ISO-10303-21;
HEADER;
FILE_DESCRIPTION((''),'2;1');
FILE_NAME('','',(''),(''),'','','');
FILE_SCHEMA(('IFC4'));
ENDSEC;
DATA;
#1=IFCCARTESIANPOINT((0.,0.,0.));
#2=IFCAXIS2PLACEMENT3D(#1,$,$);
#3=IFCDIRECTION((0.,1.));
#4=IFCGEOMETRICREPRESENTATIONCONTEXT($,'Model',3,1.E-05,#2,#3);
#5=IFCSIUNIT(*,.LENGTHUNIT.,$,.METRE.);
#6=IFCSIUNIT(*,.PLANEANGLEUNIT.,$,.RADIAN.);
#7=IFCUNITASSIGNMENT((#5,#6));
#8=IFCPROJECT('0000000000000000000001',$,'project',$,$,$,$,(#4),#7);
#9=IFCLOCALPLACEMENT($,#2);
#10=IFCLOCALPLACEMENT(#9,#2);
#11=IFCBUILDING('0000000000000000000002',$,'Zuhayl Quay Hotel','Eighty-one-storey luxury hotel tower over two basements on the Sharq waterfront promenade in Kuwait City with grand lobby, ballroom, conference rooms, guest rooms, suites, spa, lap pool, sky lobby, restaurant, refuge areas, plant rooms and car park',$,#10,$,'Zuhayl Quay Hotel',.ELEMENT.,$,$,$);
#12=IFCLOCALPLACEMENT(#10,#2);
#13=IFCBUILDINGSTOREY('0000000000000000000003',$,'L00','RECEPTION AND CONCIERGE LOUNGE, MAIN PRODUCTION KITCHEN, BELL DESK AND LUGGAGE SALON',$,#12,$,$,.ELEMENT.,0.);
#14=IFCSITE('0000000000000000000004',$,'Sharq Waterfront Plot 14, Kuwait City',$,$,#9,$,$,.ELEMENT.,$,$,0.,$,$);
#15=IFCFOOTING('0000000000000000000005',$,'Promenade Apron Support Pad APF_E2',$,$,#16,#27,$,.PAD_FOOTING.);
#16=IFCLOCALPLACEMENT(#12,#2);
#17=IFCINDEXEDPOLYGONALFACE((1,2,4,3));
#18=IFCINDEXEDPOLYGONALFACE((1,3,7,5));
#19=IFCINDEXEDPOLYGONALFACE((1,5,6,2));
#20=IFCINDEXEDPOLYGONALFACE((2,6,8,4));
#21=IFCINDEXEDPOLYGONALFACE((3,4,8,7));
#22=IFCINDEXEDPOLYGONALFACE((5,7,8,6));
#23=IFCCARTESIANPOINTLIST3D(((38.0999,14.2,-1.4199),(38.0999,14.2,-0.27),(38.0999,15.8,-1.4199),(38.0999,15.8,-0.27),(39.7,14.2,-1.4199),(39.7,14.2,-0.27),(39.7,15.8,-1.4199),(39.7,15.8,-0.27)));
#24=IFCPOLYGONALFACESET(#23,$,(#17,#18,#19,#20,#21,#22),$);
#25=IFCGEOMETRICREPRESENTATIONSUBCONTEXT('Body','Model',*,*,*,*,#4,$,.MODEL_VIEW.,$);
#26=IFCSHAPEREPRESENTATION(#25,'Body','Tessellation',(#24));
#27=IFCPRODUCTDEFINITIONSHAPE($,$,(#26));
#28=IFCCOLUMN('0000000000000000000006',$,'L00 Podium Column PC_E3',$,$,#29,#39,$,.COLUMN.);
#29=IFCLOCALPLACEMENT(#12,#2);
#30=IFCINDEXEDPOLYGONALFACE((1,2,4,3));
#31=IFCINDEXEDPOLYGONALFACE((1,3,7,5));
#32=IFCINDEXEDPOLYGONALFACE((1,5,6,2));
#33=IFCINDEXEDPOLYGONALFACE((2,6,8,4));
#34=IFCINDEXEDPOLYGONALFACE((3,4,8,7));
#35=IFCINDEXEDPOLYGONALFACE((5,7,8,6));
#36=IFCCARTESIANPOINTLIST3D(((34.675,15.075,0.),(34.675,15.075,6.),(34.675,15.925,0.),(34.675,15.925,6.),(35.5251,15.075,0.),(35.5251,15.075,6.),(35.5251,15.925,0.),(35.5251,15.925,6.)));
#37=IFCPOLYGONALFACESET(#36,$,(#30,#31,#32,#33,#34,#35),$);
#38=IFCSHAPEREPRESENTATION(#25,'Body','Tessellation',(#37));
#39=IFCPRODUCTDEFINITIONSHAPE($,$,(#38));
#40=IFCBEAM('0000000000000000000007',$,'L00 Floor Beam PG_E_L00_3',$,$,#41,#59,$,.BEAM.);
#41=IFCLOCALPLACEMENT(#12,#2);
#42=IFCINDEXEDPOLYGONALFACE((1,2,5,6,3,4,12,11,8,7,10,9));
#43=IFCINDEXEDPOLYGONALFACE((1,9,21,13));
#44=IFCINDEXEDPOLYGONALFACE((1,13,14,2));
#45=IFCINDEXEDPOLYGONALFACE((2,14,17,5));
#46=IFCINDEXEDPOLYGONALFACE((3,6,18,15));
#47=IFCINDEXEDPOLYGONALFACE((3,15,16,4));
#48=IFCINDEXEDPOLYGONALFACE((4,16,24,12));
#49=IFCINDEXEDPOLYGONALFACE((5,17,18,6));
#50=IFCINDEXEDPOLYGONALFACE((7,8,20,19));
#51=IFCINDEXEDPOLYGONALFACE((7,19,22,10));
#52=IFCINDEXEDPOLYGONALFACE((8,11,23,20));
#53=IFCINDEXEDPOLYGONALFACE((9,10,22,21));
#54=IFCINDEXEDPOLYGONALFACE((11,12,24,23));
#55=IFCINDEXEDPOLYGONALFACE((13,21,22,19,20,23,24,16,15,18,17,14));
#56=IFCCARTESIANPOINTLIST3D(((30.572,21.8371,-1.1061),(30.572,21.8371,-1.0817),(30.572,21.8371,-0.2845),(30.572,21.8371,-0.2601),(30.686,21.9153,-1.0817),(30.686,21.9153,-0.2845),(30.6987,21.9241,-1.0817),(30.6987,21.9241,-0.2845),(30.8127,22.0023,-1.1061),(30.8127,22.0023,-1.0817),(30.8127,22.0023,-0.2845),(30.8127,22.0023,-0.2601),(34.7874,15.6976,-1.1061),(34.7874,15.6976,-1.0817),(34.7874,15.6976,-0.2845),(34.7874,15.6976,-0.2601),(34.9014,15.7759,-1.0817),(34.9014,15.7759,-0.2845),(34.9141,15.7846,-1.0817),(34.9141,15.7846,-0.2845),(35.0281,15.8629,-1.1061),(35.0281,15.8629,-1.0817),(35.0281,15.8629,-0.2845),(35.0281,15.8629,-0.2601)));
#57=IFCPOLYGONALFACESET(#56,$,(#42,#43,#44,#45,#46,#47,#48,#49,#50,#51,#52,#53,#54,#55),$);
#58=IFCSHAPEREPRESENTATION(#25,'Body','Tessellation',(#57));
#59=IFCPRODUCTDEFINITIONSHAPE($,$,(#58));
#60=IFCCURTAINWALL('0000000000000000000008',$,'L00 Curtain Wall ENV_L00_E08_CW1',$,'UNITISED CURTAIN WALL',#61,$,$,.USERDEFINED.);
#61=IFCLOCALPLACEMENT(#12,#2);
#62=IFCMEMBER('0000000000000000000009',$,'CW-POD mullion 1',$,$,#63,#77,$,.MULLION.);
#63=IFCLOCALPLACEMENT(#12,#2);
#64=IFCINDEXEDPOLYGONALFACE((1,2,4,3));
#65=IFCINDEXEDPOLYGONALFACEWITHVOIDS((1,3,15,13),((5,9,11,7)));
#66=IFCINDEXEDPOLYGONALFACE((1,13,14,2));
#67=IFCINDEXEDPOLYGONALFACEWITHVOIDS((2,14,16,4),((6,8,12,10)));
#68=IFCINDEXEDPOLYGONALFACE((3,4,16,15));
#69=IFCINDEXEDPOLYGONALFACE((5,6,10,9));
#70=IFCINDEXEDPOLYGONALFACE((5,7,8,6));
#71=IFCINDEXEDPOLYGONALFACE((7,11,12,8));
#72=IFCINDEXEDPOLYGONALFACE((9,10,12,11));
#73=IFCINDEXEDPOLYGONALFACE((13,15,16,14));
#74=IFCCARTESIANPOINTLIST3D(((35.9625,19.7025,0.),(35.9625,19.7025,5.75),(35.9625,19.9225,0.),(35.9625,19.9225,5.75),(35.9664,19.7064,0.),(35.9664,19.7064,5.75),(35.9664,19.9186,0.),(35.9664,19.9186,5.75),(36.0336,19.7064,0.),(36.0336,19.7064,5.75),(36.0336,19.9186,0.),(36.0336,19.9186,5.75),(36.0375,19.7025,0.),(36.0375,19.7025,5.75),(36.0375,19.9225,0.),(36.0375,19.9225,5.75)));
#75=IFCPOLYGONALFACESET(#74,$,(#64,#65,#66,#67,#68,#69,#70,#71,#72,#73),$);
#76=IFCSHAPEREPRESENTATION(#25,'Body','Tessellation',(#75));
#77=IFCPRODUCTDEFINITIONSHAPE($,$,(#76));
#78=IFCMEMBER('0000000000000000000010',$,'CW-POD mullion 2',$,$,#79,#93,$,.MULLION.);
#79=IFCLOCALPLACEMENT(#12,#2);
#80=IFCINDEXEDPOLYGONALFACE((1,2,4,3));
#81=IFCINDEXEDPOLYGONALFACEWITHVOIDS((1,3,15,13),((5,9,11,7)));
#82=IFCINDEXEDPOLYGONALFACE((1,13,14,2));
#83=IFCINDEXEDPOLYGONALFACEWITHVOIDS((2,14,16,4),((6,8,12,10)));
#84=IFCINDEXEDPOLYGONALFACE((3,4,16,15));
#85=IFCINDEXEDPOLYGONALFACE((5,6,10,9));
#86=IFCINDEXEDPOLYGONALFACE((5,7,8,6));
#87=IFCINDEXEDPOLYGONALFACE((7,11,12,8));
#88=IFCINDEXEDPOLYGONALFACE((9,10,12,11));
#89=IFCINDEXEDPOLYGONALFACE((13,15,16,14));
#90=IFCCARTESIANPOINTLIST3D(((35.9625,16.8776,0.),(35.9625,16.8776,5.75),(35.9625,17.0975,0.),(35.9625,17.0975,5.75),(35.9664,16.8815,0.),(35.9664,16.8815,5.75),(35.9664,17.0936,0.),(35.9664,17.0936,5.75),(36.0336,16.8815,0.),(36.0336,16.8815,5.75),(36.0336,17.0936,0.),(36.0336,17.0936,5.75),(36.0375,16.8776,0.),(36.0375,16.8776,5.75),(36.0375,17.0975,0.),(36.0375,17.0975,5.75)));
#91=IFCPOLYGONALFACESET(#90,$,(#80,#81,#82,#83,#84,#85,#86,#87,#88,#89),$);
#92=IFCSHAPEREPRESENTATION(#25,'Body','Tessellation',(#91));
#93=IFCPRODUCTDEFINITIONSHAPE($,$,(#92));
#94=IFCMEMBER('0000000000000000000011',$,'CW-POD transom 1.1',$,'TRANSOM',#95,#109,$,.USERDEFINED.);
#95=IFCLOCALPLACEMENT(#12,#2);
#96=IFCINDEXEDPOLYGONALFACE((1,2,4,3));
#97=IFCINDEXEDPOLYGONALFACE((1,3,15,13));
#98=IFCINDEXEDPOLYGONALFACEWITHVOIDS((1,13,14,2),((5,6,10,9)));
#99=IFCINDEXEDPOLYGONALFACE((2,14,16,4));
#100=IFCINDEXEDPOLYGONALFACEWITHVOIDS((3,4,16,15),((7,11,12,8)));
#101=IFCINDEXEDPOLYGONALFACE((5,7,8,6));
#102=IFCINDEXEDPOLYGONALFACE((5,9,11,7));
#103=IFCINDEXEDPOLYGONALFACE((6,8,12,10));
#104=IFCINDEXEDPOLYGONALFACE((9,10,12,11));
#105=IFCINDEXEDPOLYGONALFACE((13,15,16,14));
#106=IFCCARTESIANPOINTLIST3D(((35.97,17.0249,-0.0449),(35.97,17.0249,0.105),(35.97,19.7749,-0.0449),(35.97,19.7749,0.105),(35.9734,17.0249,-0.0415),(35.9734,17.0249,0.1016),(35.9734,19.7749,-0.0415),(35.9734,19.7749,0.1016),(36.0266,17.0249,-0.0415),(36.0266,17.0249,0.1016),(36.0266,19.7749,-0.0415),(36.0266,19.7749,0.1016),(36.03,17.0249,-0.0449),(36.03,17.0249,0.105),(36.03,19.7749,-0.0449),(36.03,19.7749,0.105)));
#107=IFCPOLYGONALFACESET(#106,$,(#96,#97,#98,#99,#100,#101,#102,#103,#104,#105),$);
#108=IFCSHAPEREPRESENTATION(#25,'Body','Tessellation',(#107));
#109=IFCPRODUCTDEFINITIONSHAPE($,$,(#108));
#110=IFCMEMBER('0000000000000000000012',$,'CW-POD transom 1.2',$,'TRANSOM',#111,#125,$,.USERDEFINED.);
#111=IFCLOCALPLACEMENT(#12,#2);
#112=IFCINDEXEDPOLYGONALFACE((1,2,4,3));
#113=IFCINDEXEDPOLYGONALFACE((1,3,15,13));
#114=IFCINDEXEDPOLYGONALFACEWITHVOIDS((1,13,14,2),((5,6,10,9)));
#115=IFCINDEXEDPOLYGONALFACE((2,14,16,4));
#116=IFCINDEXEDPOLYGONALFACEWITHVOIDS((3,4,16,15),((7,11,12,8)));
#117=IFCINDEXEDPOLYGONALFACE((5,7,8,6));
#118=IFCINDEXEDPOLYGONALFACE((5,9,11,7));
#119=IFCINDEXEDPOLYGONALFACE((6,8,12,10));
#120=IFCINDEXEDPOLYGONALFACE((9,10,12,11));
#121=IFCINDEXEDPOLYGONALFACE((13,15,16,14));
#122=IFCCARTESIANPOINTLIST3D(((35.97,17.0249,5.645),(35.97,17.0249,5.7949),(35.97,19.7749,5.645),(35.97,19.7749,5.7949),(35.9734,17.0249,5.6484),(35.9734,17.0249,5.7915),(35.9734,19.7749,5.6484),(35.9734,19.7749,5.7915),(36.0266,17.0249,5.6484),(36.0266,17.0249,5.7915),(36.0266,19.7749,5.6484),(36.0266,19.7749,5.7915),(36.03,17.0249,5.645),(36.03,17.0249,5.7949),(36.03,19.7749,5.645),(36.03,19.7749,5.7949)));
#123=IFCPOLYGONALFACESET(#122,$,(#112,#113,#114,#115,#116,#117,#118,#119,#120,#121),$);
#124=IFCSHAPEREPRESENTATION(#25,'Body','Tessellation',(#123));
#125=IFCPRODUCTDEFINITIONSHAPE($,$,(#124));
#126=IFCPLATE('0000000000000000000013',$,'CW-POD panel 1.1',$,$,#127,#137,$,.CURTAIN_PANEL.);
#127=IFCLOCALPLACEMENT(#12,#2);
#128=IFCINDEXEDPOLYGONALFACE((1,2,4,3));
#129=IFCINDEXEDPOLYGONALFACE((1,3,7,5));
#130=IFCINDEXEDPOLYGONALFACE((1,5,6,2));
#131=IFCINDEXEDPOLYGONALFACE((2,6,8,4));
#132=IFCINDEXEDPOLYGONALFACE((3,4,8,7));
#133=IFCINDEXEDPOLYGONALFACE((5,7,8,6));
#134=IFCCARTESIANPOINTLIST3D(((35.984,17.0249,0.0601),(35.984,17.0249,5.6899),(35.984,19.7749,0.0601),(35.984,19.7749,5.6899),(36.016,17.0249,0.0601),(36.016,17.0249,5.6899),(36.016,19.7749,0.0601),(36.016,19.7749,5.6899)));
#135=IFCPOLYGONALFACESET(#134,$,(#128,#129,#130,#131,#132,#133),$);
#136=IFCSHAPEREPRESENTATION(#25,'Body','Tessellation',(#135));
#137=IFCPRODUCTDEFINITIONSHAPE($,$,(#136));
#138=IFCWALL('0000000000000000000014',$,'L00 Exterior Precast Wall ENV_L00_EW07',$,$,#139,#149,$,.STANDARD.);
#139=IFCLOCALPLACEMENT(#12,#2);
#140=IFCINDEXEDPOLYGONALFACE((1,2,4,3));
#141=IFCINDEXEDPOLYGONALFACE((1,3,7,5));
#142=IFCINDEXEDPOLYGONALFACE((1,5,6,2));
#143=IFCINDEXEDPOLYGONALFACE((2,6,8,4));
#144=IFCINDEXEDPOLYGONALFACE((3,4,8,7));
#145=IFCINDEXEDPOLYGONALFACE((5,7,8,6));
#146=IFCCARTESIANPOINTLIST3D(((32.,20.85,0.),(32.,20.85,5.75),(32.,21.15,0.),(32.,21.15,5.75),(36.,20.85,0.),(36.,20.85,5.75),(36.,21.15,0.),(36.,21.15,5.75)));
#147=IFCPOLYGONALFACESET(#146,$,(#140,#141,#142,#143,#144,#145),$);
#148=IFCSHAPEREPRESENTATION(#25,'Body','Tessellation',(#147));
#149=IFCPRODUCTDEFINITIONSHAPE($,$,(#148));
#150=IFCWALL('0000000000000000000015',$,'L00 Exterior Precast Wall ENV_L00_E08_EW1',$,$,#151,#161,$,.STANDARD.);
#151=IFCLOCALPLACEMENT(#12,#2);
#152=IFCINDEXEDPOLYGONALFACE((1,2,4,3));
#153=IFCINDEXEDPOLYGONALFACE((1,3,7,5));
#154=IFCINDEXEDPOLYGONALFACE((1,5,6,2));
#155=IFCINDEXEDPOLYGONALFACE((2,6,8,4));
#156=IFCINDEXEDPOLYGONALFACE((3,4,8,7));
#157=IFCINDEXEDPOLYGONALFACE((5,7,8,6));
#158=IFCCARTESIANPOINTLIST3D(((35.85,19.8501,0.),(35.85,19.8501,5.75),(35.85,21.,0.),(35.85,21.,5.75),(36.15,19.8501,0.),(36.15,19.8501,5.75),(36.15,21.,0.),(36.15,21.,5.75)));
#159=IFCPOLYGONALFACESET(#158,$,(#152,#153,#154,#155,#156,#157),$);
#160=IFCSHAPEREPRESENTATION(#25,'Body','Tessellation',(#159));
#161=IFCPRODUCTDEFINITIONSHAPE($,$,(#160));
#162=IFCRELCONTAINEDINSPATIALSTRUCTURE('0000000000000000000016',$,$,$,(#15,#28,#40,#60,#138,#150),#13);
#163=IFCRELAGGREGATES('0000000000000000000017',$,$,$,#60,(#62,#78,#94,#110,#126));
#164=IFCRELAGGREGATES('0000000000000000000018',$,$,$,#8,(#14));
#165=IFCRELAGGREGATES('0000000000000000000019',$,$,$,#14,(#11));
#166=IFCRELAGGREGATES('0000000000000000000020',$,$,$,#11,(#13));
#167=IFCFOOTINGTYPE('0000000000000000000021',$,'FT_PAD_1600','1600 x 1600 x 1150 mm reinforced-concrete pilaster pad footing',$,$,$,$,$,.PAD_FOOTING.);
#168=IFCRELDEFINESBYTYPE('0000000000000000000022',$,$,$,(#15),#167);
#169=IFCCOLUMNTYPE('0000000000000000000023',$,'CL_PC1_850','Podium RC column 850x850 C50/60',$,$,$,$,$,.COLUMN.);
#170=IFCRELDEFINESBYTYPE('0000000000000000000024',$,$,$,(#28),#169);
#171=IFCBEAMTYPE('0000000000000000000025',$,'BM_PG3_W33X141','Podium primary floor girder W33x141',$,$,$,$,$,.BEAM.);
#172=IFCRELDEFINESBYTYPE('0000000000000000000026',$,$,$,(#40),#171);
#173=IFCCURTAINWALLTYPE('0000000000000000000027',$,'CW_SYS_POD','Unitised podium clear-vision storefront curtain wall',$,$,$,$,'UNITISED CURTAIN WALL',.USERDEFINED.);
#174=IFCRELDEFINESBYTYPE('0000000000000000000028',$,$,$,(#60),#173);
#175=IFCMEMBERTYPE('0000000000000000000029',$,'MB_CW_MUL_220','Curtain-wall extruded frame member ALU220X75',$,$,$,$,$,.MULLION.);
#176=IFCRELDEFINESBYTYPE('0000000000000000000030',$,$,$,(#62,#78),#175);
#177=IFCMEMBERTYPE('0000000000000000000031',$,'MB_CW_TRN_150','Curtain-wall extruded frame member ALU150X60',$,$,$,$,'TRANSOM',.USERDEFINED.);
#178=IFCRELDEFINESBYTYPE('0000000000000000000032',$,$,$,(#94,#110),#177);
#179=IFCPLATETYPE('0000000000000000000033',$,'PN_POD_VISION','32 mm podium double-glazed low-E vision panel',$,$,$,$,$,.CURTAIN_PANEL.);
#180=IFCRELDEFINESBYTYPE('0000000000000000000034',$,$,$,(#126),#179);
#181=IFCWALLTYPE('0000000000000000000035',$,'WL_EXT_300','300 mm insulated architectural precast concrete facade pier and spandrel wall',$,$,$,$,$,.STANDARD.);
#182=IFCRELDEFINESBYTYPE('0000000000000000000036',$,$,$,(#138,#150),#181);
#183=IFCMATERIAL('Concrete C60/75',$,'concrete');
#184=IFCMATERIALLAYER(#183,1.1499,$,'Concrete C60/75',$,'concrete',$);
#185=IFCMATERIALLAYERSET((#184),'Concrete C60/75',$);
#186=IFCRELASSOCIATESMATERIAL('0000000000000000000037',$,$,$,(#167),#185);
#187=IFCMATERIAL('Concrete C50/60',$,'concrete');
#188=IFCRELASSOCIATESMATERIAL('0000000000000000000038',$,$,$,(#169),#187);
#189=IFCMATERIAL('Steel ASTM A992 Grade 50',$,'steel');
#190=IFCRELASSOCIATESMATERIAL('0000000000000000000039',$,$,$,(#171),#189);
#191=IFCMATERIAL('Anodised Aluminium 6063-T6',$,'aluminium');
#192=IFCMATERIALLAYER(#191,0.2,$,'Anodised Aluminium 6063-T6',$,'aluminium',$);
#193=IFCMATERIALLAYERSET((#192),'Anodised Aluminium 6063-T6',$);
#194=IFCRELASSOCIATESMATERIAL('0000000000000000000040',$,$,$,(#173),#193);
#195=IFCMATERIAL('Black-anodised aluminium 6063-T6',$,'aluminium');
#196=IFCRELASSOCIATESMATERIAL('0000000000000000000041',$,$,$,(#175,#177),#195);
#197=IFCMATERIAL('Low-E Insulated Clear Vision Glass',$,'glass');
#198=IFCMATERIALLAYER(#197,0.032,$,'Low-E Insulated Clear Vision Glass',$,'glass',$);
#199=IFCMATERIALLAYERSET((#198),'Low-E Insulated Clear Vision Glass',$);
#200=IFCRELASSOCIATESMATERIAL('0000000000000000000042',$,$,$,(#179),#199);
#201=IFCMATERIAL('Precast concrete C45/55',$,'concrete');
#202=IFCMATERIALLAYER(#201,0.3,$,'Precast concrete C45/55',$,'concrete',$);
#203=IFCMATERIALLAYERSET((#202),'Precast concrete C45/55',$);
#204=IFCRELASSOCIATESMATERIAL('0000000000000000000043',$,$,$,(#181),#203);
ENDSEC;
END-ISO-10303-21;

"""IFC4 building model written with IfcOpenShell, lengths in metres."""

from ifc_helpers import new_model, si_unit, direction, frame, frame_2d, origin, origin_2d, place, context, subcontext, project, spatial, rectangle, hollow_rectangle, i_section, extrude, material, layer, layer_set, material_profile, profile_set, type_object, element, aggregate, save


model = new_model("IFC4")

# Units and contexts
model_context = context("Model", 3, precision=1e-05, world=origin(), true_north=direction((0.0, 1.0)))
body_context = subcontext(model_context, "Body", "Model", "MODEL_VIEW")
ifc_project = project(units=[si_unit("LENGTHUNIT", "METRE"), si_unit("PLANEANGLEUNIT", "RADIAN")], contexts=[model_context])

# Site, building, storey
site_placement = place(None, origin())
site = spatial("IfcSite", under=ifc_project, at=site_placement, Name="Sharq Waterfront Plot 14, Kuwait City", CompositionType="ELEMENT", RefElevation=0.0)
building_placement = place(site_placement, origin())
building = spatial("IfcBuilding", under=site, at=building_placement, Name="Zuhayl Quay Hotel", Description="Eighty-one-storey luxury hotel tower over two basements on the Sharq waterfront promenade in Kuwait City with grand lobby, ballroom, conference rooms, guest rooms, suites, spa, lap pool, sky lobby, restaurant, refuge areas, plant rooms and car park", LongName="Zuhayl Quay Hotel", CompositionType="ELEMENT")
storey_placement = place(building_placement, origin())
storey = spatial("IfcBuildingStorey", under=building, at=storey_placement, Name="L00", Description="RECEPTION AND CONCIERGE LOUNGE, MAIN PRODUCTION KITCHEN, BELL DESK AND LUGGAGE SALON", CompositionType="ELEMENT", Elevation=0.0)

# Footing
ifc_material_1 = material(Name="Concrete C60/75", Category="concrete")
ifc_layer_1 = layer(ifc_material_1, 1.1499, Name="Concrete C60/75", Category="concrete")
ifc_layer_set_1 = layer_set([ifc_layer_1], Name="Concrete C60/75")
footing_type = type_object("IfcFootingType", Name="FT_PAD_1600", Description="1600 x 1600 x 1150 mm reinforced-concrete pilaster pad footing", PredefinedType="PAD_FOOTING", material=ifc_layer_set_1)
footing_placement = place(storey_placement, frame((38.8999, 15.0, -1.4199), z_axis=(0.0, 0.0, 1.0), x_axis=(1.0, 0.0, 0.0)))
element("IfcFooting", 1, at=footing_placement, inside=storey, type_object=footing_type, Name="Promenade Apron Support Pad APF_E2", PredefinedType="PAD_FOOTING", context=body_context, shape_type="SweptSolid", body=[
    extrude(rectangle(XDim=1.6001, YDim=1.6001, at=origin_2d()), origin(), (0.0, 0.0, 1.0), 1.1499),
])

# Column
ifc_material_2 = material(Name="Concrete C50/60", Category="concrete")
ifc_material_profile_1 = material_profile(ifc_material_2, rectangle(XDim=0.8501, YDim=0.8501, at=origin_2d()), Name="RC850X850")
ifc_profile_set_1 = profile_set([ifc_material_profile_1], Name="Concrete C50/60")
column_type = type_object("IfcColumnType", Name="CL_PC1_850", Description="Podium RC column 850x850 C50/60", PredefinedType="COLUMN", material=ifc_profile_set_1)
column_placement = place(storey_placement, frame((35.1001, 15.5, 0.0), z_axis=(0.0, 0.0, 1.0), x_axis=(1.0, 0.0, 0.0)))
element("IfcColumn", 2, at=column_placement, inside=storey, type_object=column_type, Name="L00 Podium Column PC_E3", PredefinedType="COLUMN", context=body_context, shape_type="SweptSolid", body=[
    extrude(rectangle(XDim=0.8501, YDim=0.8501, at=origin_2d()), origin(), (0.0, 0.0, 1.0), 6.0),
])

# Beam
ifc_material_3 = material(Name="Steel ASTM A992 Grade 50", Category="steel")
ifc_material_profile_2 = material_profile(ifc_material_3, i_section(OverallWidth=0.292, OverallDepth=0.8459, WebThickness=0.0154, FlangeThickness=0.0244, at=origin_2d()), Name="W33X141")
ifc_profile_set_2 = profile_set([ifc_material_profile_2], Name="Steel ASTM A992 Grade 50")
beam_type = type_object("IfcBeamType", Name="BM_PG3_W33X141", Description="Podium primary floor girder W33x141", PredefinedType="BEAM", material=ifc_profile_set_2)
beam_placement = place(storey_placement, frame((34.9077, 15.7803, -0.6831), z_axis=(-0.566026, 0.824387, 0.0), x_axis=(-0.824387, -0.566026, 0.0)))
element("IfcBeam", 3, at=beam_placement, inside=storey, type_object=beam_type, Name="L00 Floor Beam PG_E_L00_3", PredefinedType="BEAM", context=body_context, shape_type="SweptSolid", body=[
    extrude(i_section(OverallWidth=0.292, OverallDepth=0.8459, WebThickness=0.0154, FlangeThickness=0.0244, at=origin_2d()), origin(), (0.0, 0.0, 1.0), 7.4473),
])

# Curtain wall, members, plate
ifc_material_4 = material(Name="Anodised Aluminium 6063-T6", Category="aluminium")
ifc_layer_2 = layer(ifc_material_4, 0.2, Name="Anodised Aluminium 6063-T6", Category="aluminium")
ifc_layer_set_2 = layer_set([ifc_layer_2], Name="Anodised Aluminium 6063-T6")
curtain_wall_type = type_object("IfcCurtainWallType", Name="CW_SYS_POD", Description="Unitised podium clear-vision storefront curtain wall", ElementType="UNITISED CURTAIN WALL", PredefinedType="USERDEFINED", material=ifc_layer_set_2)
curtain_wall_placement = place(storey_placement, origin())
curtain_wall = element("IfcCurtainWall", 4, at=curtain_wall_placement, inside=storey, type_object=curtain_wall_type, Name="L00 Curtain Wall ENV_L00_E08_CW1", ObjectType="UNITISED CURTAIN WALL", PredefinedType="USERDEFINED")
ifc_material_5 = material(Name="Black-anodised aluminium 6063-T6", Category="aluminium")
ifc_material_profile_3 = material_profile(ifc_material_5, hollow_rectangle(XDim=0.075, YDim=0.22, WallThickness=0.0039, at=origin_2d()), Name="ALU220X75")
ifc_profile_set_3 = profile_set([ifc_material_profile_3], Name="Black-anodised aluminium 6063-T6")
member_type_1 = type_object("IfcMemberType", Name="MB_CW_MUL_220", Description="Curtain-wall extruded frame member ALU220X75", PredefinedType="MULLION", material=ifc_profile_set_3)
member_1_placement = place(storey_placement, frame((36.0, 19.8125, 0.0), z_axis=(0.0, 0.0, 1.0), x_axis=(1.0, 0.0, 0.0)))
member_1 = element("IfcMember", 5, at=member_1_placement, type_object=member_type_1, Name="CW-POD mullion 1", PredefinedType="MULLION", context=body_context, shape_type="SweptSolid", body=[
    extrude(hollow_rectangle(XDim=0.075, YDim=0.22, WallThickness=0.0039, at=origin_2d()), origin(), (0.0, 0.0, 1.0), 5.75),
])
member_2_placement = place(storey_placement, frame((36.0, 16.9875, 0.0), z_axis=(0.0, 0.0, 1.0), x_axis=(1.0, 0.0, 0.0)))
member_2 = element("IfcMember", 6, at=member_2_placement, type_object=member_type_1, Name="CW-POD mullion 2", PredefinedType="MULLION", context=body_context, shape_type="SweptSolid", body=[
    extrude(hollow_rectangle(XDim=0.075, YDim=0.22, WallThickness=0.0039, at=origin_2d()), origin(), (0.0, 0.0, 1.0), 5.75),
])
ifc_material_profile_4 = material_profile(ifc_material_5, hollow_rectangle(XDim=0.0601, YDim=0.1499, WallThickness=0.0034, at=origin_2d()), Name="ALU150X60")
ifc_profile_set_4 = profile_set([ifc_material_profile_4], Name="Black-anodised aluminium 6063-T6")
member_type_2 = type_object("IfcMemberType", Name="MB_CW_TRN_150", Description="Curtain-wall extruded frame member ALU150X60", ElementType="TRANSOM", PredefinedType="USERDEFINED", material=ifc_profile_set_4)
member_3_placement = place(storey_placement, frame((36.0, 19.7749, 0.03), z_axis=(0.0, -1.0, 0.0), x_axis=(1.0, 0.0, 0.0)))
member_3 = element("IfcMember", 7, at=member_3_placement, type_object=member_type_2, Name="CW-POD transom 1.1", ObjectType="TRANSOM", PredefinedType="USERDEFINED", context=body_context, shape_type="SweptSolid", body=[
    extrude(hollow_rectangle(XDim=0.0601, YDim=0.1499, WallThickness=0.0034, at=origin_2d()), origin(), (0.0, 0.0, 1.0), 2.75),
])
member_4_placement = place(storey_placement, frame((36.0, 19.7749, 5.72), z_axis=(0.0, -1.0, 0.0), x_axis=(1.0, 0.0, 0.0)))
member_4 = element("IfcMember", 8, at=member_4_placement, type_object=member_type_2, Name="CW-POD transom 1.2", ObjectType="TRANSOM", PredefinedType="USERDEFINED", context=body_context, shape_type="SweptSolid", body=[
    extrude(hollow_rectangle(XDim=0.0601, YDim=0.1499, WallThickness=0.0034, at=origin_2d()), origin(), (0.0, 0.0, 1.0), 2.75),
])
ifc_material_6 = material(Name="Low-E Insulated Clear Vision Glass", Category="glass")
ifc_layer_3 = layer(ifc_material_6, 0.032, Name="Low-E Insulated Clear Vision Glass", Category="glass")
ifc_layer_set_3 = layer_set([ifc_layer_3], Name="Low-E Insulated Clear Vision Glass")
plate_type = type_object("IfcPlateType", Name="PN_POD_VISION", Description="32 mm podium double-glazed low-E vision panel", PredefinedType="CURTAIN_PANEL", material=ifc_layer_set_3)
plate_placement = place(storey_placement, frame((36.0, 18.3999, 0.0601), z_axis=(0.0, 0.0, 1.0), x_axis=(0.0, -1.0, 0.0)))
plate = element("IfcPlate", 9, at=plate_placement, type_object=plate_type, Name="CW-POD panel 1.1", PredefinedType="CURTAIN_PANEL", context=body_context, shape_type="SweptSolid", body=[
    extrude(rectangle(XDim=2.75, YDim=0.032, at=origin_2d()), origin(), (0.0, 0.0, 1.0), 5.6299),
])
aggregate(curtain_wall, [member_1, member_2, member_3, member_4, plate])

# Walls
ifc_material_7 = material(Name="Precast concrete C45/55", Category="concrete")
ifc_layer_4 = layer(ifc_material_7, 0.3, Name="Precast concrete C45/55", Category="concrete")
ifc_layer_set_4 = layer_set([ifc_layer_4], Name="Precast concrete C45/55")
wall_type = type_object("IfcWallType", Name="WL_EXT_300", Description="300 mm insulated architectural precast concrete facade pier and spandrel wall", PredefinedType="STANDARD", material=ifc_layer_set_4)
wall_1_placement = place(storey_placement, frame((32.0, 21.0, 0.0), z_axis=(0.0, 0.0, 1.0), x_axis=(1.0, 0.0, 0.0)))
element("IfcWall", 10, at=wall_1_placement, inside=storey, type_object=wall_type, Name="L00 Exterior Precast Wall ENV_L00_EW07", PredefinedType="STANDARD", context=body_context, shape_type="SweptSolid", body=[
    extrude(rectangle(XDim=4.0, YDim=0.3, at=frame_2d((2.0, 0.0))), origin(), (0.0, 0.0, 1.0), 5.75),
])
wall_2_placement = place(storey_placement, frame((36.0, 21.0, 0.0), z_axis=(0.0, 0.0, 1.0), x_axis=(0.0, -1.0, 0.0)))
element("IfcWall", 11, at=wall_2_placement, inside=storey, type_object=wall_type, Name="L00 Exterior Precast Wall ENV_L00_E08_EW1", PredefinedType="STANDARD", context=body_context, shape_type="SweptSolid", body=[
    extrude(rectangle(XDim=1.1499, YDim=0.3, at=frame_2d((0.575, 0.0))), origin(), (0.0, 0.0, 1.0), 5.75),
])

save(model, "model.ifc")
